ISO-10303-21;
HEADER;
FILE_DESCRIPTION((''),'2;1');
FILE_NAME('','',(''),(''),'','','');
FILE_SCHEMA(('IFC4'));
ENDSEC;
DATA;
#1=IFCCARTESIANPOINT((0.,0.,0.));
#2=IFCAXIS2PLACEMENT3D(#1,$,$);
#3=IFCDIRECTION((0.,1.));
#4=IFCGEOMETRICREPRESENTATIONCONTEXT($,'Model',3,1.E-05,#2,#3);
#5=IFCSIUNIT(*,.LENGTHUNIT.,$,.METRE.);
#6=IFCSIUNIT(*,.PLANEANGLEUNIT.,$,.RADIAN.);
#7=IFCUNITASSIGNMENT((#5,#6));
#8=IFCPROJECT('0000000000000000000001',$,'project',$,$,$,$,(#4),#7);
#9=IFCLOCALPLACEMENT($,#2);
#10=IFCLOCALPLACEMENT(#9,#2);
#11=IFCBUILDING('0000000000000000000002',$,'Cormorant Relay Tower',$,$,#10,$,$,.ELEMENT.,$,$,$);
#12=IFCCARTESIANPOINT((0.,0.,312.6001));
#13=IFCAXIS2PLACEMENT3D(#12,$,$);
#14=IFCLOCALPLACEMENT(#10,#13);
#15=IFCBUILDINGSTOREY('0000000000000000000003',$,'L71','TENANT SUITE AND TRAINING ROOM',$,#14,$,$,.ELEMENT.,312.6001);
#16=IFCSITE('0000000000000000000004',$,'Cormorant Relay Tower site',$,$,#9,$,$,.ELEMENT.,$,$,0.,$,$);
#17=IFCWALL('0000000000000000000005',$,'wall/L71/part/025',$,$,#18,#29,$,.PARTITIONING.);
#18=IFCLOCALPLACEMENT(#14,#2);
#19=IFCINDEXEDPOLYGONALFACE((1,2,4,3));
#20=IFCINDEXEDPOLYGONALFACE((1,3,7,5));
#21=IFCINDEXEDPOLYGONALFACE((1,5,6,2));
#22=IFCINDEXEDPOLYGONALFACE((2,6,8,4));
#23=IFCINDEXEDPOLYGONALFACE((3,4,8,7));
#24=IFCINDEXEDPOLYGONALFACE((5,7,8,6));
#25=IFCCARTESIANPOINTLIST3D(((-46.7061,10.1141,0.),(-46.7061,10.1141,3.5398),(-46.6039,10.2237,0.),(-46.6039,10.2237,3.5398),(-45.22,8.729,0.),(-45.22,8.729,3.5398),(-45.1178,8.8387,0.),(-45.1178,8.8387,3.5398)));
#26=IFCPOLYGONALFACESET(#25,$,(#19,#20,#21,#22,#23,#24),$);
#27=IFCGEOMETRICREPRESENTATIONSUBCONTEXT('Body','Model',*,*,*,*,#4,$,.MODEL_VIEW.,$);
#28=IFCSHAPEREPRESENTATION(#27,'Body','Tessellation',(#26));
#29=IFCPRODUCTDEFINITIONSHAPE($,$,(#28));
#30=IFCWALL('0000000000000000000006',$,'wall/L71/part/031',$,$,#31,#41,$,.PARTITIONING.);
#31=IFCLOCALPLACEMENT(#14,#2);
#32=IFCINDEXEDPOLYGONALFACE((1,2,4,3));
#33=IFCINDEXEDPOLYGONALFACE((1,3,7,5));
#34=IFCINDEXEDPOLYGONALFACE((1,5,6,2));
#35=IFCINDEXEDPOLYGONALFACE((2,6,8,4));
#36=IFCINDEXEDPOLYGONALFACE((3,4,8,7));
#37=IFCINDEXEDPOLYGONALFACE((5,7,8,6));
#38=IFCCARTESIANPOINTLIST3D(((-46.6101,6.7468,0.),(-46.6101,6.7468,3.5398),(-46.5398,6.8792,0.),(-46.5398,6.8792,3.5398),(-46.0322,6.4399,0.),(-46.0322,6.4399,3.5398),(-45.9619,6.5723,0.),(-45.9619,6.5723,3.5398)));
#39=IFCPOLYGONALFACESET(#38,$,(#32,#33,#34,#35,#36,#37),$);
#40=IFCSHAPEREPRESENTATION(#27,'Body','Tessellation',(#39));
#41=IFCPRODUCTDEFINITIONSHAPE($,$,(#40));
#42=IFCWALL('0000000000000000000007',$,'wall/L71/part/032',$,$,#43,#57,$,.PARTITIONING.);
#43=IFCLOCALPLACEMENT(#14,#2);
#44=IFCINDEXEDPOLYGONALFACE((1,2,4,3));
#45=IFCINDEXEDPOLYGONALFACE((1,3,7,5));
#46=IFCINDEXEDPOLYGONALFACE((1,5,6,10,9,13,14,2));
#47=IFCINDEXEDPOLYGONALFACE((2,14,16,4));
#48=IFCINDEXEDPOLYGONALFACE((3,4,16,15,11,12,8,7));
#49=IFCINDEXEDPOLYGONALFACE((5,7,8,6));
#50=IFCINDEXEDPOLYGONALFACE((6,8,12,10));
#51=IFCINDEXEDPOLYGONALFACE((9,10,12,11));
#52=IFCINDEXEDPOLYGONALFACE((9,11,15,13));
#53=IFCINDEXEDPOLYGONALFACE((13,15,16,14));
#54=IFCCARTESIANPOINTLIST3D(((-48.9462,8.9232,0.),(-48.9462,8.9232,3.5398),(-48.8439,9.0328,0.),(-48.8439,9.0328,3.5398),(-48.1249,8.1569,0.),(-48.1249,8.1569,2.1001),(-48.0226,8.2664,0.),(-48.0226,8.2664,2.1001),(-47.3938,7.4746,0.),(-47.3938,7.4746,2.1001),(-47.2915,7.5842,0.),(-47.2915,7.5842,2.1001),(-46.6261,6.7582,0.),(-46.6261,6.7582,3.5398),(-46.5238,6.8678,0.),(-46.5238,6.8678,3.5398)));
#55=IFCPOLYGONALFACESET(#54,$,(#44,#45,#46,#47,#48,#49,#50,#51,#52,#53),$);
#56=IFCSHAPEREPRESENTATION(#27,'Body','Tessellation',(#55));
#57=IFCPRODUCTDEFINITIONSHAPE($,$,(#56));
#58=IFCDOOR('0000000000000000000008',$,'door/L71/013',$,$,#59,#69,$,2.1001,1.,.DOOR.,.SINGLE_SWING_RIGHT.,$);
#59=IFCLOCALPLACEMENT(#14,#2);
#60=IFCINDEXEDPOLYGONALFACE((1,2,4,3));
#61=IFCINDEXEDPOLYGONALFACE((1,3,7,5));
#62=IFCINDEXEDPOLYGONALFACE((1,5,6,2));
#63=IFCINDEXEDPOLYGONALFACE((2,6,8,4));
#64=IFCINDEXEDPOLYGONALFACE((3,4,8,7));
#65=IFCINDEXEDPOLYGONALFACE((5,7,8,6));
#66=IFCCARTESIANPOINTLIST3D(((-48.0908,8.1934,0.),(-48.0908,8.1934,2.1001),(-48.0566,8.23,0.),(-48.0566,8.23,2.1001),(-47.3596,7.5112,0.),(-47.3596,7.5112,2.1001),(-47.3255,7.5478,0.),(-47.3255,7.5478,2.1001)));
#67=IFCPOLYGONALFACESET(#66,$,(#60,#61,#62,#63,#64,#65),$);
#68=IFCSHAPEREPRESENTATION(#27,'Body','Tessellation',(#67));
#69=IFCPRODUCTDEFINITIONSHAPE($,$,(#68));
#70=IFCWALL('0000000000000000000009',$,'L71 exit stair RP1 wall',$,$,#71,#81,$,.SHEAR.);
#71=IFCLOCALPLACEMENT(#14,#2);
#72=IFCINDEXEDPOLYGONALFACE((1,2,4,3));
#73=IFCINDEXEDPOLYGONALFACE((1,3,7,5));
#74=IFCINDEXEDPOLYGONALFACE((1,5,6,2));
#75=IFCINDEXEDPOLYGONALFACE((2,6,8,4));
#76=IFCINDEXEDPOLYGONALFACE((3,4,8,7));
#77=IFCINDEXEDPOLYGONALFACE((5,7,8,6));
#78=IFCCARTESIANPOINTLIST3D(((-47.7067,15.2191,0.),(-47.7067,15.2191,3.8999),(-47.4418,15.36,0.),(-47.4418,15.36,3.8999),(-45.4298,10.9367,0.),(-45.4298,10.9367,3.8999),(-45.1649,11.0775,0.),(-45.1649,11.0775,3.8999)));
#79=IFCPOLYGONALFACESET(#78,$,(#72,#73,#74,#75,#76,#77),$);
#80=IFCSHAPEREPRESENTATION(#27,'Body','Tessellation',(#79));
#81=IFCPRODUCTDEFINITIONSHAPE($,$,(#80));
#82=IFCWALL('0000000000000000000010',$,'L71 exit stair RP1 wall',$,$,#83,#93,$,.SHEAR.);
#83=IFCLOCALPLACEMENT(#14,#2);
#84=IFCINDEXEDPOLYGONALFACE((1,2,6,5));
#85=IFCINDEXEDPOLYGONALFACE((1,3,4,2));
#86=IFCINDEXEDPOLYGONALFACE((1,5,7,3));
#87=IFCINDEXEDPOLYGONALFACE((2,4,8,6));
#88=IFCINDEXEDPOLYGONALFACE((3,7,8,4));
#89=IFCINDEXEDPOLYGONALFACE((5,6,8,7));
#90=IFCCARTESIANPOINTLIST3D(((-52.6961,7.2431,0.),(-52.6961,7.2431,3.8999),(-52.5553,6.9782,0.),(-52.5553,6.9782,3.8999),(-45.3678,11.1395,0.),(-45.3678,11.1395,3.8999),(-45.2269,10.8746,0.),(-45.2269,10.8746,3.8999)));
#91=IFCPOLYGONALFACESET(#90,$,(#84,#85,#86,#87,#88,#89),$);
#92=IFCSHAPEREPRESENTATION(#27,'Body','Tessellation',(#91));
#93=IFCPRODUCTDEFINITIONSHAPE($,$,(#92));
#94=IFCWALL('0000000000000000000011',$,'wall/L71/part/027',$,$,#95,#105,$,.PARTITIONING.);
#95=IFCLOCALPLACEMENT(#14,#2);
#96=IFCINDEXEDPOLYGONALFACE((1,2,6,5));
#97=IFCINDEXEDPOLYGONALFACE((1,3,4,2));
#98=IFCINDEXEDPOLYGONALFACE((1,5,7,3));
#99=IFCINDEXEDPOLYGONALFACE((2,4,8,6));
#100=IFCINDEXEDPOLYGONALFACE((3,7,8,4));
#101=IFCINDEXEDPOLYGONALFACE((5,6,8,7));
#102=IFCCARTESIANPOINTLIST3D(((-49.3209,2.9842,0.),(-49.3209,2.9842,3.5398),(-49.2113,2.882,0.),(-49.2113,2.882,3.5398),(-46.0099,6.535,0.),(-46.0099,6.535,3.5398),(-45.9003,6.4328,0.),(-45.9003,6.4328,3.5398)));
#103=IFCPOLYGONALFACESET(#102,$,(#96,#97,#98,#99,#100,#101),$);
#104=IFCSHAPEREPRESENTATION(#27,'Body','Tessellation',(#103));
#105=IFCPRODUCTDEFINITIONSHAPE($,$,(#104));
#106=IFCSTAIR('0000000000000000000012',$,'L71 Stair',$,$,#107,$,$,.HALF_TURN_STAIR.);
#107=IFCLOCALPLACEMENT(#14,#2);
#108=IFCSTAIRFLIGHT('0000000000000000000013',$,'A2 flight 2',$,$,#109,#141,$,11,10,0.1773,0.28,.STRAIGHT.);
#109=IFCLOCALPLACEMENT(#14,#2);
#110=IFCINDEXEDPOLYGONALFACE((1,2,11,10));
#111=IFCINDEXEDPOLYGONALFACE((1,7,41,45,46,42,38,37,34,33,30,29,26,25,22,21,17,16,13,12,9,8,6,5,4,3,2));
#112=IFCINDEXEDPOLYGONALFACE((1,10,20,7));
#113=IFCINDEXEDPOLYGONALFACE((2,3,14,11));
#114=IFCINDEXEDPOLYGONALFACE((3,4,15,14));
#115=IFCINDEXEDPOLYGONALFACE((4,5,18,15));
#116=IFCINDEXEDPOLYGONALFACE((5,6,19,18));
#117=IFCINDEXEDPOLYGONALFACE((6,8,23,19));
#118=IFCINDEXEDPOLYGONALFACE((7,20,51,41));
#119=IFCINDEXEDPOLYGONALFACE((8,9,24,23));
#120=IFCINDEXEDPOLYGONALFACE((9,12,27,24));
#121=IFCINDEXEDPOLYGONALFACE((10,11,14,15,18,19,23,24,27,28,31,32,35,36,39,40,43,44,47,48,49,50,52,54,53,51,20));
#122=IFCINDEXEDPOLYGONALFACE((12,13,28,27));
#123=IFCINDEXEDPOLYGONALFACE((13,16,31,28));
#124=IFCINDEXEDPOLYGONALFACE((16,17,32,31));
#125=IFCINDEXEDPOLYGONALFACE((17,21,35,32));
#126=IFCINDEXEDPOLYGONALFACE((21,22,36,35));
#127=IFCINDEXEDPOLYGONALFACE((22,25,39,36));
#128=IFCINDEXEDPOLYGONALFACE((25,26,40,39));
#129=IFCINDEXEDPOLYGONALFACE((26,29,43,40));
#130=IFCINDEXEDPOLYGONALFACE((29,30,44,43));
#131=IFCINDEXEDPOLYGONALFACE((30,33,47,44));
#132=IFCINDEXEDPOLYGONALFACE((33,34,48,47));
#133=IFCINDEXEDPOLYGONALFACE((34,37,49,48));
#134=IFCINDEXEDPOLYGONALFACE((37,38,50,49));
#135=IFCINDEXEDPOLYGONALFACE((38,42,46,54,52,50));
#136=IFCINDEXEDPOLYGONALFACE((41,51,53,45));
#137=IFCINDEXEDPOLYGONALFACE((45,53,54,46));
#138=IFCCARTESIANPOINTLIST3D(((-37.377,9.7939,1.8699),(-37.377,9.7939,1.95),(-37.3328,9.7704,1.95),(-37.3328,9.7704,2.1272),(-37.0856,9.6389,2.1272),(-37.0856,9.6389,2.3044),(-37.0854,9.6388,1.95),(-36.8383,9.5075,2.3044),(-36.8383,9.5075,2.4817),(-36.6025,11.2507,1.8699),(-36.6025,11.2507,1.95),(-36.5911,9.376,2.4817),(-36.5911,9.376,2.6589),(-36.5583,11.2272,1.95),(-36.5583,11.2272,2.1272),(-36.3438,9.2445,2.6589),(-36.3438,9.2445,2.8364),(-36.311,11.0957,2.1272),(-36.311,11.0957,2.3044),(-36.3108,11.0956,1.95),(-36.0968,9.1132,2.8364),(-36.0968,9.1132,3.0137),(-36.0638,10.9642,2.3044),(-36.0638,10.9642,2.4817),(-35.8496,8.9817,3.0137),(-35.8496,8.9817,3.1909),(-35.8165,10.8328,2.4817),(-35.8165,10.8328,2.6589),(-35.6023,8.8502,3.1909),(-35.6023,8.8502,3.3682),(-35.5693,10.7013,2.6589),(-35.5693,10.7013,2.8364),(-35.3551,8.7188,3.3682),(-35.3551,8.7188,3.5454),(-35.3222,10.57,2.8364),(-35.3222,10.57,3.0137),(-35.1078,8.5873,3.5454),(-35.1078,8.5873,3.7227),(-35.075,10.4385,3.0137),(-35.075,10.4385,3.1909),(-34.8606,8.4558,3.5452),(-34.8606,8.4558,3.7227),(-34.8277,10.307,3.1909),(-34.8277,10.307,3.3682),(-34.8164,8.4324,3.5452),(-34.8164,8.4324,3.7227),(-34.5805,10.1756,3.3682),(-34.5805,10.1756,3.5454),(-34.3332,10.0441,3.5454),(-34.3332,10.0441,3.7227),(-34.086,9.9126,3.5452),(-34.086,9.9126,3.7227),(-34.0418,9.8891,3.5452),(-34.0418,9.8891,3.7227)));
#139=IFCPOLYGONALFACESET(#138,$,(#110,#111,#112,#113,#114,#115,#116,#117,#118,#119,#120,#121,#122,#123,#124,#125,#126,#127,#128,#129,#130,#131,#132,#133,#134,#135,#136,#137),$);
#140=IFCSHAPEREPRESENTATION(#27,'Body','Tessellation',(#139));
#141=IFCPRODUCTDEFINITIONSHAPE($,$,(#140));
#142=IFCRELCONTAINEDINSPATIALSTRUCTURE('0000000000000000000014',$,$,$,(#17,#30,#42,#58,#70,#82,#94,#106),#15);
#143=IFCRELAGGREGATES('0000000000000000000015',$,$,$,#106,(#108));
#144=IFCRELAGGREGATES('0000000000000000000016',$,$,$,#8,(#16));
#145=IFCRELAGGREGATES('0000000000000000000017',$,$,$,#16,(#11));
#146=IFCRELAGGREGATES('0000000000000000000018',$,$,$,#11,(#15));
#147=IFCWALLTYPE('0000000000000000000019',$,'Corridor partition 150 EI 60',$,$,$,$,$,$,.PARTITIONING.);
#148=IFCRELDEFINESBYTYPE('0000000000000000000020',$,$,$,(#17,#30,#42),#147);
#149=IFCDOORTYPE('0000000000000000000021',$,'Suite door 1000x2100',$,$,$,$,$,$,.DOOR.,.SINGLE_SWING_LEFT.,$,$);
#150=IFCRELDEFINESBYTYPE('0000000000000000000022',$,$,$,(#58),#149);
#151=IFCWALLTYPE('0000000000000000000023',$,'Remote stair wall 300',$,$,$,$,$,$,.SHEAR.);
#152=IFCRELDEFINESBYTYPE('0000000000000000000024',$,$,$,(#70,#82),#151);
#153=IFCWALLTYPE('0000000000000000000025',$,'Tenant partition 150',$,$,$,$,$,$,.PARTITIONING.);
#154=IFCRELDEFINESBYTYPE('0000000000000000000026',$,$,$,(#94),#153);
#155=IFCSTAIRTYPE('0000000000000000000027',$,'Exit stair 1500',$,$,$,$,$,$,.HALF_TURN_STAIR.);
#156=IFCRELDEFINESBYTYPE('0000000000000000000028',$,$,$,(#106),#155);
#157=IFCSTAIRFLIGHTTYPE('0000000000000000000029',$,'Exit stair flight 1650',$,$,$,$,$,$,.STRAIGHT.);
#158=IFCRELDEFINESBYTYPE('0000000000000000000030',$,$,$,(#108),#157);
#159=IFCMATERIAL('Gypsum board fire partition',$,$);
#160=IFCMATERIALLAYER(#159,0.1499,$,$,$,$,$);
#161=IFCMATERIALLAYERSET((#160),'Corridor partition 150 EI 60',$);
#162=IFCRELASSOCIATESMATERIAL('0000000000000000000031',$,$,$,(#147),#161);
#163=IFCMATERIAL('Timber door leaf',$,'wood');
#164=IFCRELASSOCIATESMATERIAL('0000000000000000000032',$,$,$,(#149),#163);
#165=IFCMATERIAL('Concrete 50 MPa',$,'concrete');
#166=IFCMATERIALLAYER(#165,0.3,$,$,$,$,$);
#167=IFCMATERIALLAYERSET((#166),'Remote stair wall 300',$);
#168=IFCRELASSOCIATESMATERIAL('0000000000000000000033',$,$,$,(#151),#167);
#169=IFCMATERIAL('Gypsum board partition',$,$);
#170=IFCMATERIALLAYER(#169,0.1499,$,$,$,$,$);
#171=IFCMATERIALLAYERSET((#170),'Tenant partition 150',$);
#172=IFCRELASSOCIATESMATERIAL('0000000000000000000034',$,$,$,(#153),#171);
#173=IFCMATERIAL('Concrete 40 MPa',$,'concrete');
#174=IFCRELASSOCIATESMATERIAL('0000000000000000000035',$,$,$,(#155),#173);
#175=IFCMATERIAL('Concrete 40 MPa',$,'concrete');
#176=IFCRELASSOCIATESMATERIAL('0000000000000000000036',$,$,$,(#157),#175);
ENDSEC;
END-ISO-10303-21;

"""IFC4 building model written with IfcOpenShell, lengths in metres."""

from ifc_helpers import new_model, si_unit, direction, frame, frame_2d, origin, place, context, subcontext, project, spatial, polyline, rectangle, outline, extrude, material, layer, layer_set, type_object, element, fill, aggregate, save


model = new_model("IFC4")

# Units and contexts
model_context = context("Model", 3, precision=1e-05, world=origin(), true_north=direction((0.0, 1.0)))
body_context = subcontext(model_context, "Body", "Model", "MODEL_VIEW")
ifc_project = project(units=[si_unit("LENGTHUNIT", "METRE"), si_unit("PLANEANGLEUNIT", "RADIAN")], contexts=[model_context])

# Site, building, storey
site_placement = place(None, origin())
site = spatial("IfcSite", under=ifc_project, at=site_placement, Name="Cormorant Relay Tower site", CompositionType="ELEMENT", RefElevation=0.0)
building_placement = place(site_placement, origin())
building = spatial("IfcBuilding", under=site, at=building_placement, Name="Cormorant Relay Tower", CompositionType="ELEMENT")
storey_placement = place(building_placement, frame((0.0, 0.0, 312.6001)))
storey = spatial("IfcBuildingStorey", under=building, at=storey_placement, Name="L71", Description="TENANT SUITE AND TRAINING ROOM", CompositionType="ELEMENT", Elevation=312.6001)

# Walls
ifc_material_1 = material(Name="Gypsum board fire partition")
ifc_layer_1 = layer(ifc_material_1, 0.1499)
ifc_layer_set_1 = layer_set([ifc_layer_1], Name="Corridor partition 150 EI 60")
wall_type_1 = type_object("IfcWallType", Name="Corridor partition 150 EI 60", PredefinedType="PARTITIONING", material=ifc_layer_set_1)
wall_1_placement = place(storey_placement, frame((-45.1689, 8.7839, 0.0), z_axis=(0.0, 0.0, 1.0), x_axis=(-0.731547, 0.681791, 0.0)))
element("IfcWall", 1, at=wall_1_placement, inside=storey, type_object=wall_type_1, Name="wall/L71/part/025", PredefinedType="PARTITIONING", context=body_context, shape_type="SweptSolid", body=[
    extrude(rectangle(XDim=2.0315, YDim=0.1499, at=frame_2d((1.0156, 0.0))), origin(), (0.0, 0.0, 1.0), 3.5398),
])
wall_2_placement = place(storey_placement, frame((-45.9971, 6.5061, 0.0), z_axis=(0.0, 0.0, 1.0), x_axis=(-0.883188, 0.469019, 0.0)))
element("IfcWall", 2, at=wall_2_placement, inside=storey, type_object=wall_type_1, Name="wall/L71/part/031", PredefinedType="PARTITIONING", context=body_context, shape_type="SweptSolid", body=[
    extrude(rectangle(XDim=0.6543, YDim=0.1499, at=frame_2d((0.3271, 0.0))), origin(), (0.0, 0.0, 1.0), 3.5398),
])

# Wall, opening, door
wall_3_placement = place(storey_placement, frame((-46.575, 6.813, 0.0), z_axis=(0.0, 0.0, 1.0), x_axis=(-0.731112, 0.682258, 0.0)))
wall_3 = element("IfcWall", 3, at=wall_3_placement, inside=storey, type_object=wall_type_1, Name="wall/L71/part/032", PredefinedType="PARTITIONING", context=body_context, shape_type="SweptSolid", body=[
    extrude(rectangle(XDim=3.1733, YDim=0.1499, at=frame_2d((1.5867, 0.0))), origin(), (0.0, 0.0, 1.0), 3.5398),
])
opening_placement = place(wall_3_placement, frame((1.05, 0.0, 0.0)))
opening = element("IfcOpeningElement", 4, at=opening_placement, cuts=wall_3, PredefinedType="OPENING", context=body_context, shape_type="SweptSolid", body=[
    extrude(rectangle(XDim=1.0, YDim=2.1001, at=frame_2d((0.5, 1.05))), frame((0.0, 0.085, 0.0), z_axis=(0.0, -1.0, 0.0), x_axis=(1.0, 0.0, 0.0)), (0.0, 0.0, 1.0), 0.1699),
])
ifc_material_2 = material(Name="Timber door leaf", Category="wood")
door_type = type_object("IfcDoorType", Name="Suite door 1000x2100", OperationType="SINGLE_SWING_LEFT", PredefinedType="DOOR", material=ifc_material_2)
door_placement = place(opening_placement, origin())
door = element("IfcDoor", 5, at=door_placement, inside=storey, type_object=door_type, Name="door/L71/013", OperationType="SINGLE_SWING_RIGHT", OverallHeight=2.1001, OverallWidth=1.0, PredefinedType="DOOR", context=body_context, shape_type="SweptSolid", body=[
    extrude(rectangle(XDim=1.0, YDim=2.1001, at=frame_2d((0.5, 1.05))), frame((0.0, 0.0249, 0.0), z_axis=(0.0, -1.0, 0.0), x_axis=(1.0, 0.0, 0.0)), (0.0, 0.0, 1.0), 0.05),
])
fill(opening, door)

# Walls
ifc_material_3 = material(Name="Concrete 50 MPa", Category="concrete")
ifc_layer_2 = layer(ifc_material_3, 0.3)
ifc_layer_set_2 = layer_set([ifc_layer_2], Name="Remote stair wall 300")
wall_type_2 = type_object("IfcWallType", Name="Remote stair wall 300", PredefinedType="SHEAR", material=ifc_layer_set_2)
wall_4_placement = place(storey_placement, frame((-47.5742, 15.2896, 0.0), z_axis=(0.0, 0.0, 1.0), x_axis=(0.469443, -0.882963, 0.0)))
element("IfcWall", 6, at=wall_4_placement, inside=storey, type_object=wall_type_2, Name="L71 exit stair RP1 wall", PredefinedType="SHEAR", context=body_context, shape_type="SweptSolid", body=[
    extrude(rectangle(XDim=4.8501, YDim=0.3, at=frame_2d((2.425, 0.0))), origin(), (0.0, 0.0, 1.0), 3.8999),
])
wall_5_placement = place(storey_placement, frame((-45.2974, 11.0071, 0.0), z_axis=(0.0, 0.0, 1.0), x_axis=(-0.882952, -0.469464, 0.0)))
element("IfcWall", 7, at=wall_5_placement, inside=storey, type_object=wall_type_2, Name="L71 exit stair RP1 wall", PredefinedType="SHEAR", context=body_context, shape_type="SweptSolid", body=[
    extrude(rectangle(XDim=8.2998, YDim=0.3, at=frame_2d((4.1499, 0.0))), origin(), (0.0, 0.0, 1.0), 3.8999),
])
ifc_material_4 = material(Name="Gypsum board partition")
ifc_layer_3 = layer(ifc_material_4, 0.1499)
ifc_layer_set_3 = layer_set([ifc_layer_3], Name="Tenant partition 150")
wall_type_3 = type_object("IfcWallType", Name="Tenant partition 150", PredefinedType="PARTITIONING", material=ifc_layer_set_3)
wall_6_placement = place(storey_placement, frame((-45.9551, 6.4839, 0.0), z_axis=(0.0, 0.0, 1.0), x_axis=(-0.681985, -0.731366, 0.0)))
element("IfcWall", 8, at=wall_6_placement, inside=storey, type_object=wall_type_3, Name="wall/L71/part/027", PredefinedType="PARTITIONING", context=body_context, shape_type="SweptSolid", body=[
    extrude(rectangle(XDim=4.855, YDim=0.1499, at=frame_2d((2.4275, 0.0))), origin(), (0.0, 0.0, 1.0), 3.5398),
])

# Stair, stair flight
ifc_material_5 = material(Name="Concrete 40 MPa", Category="concrete")
stair_type_1 = type_object("IfcStairType", Name="Exit stair 1500", PredefinedType="HALF_TURN_STAIR", material=ifc_material_5)
stair_1_placement = place(storey_placement, origin())
stair_1 = element("IfcStair", 9, at=stair_1_placement, inside=storey, type_object=stair_type_1, Name="L71 Stair", PredefinedType="HALF_TURN_STAIR")
ifc_material_6 = material(Name="Concrete 40 MPa", Category="concrete")
stair_flight_type_1 = type_object("IfcStairFlightType", Name="Exit stair flight 1650", PredefinedType="STRAIGHT", material=ifc_material_6)
stair_flight_1_placement = place(storey_placement, frame((-36.9456, 10.4988, 1.95), z_axis=(0.0, 0.0, 1.0), x_axis=(0.882948, -0.469472, 0.0)))
stair_flight_1 = element("IfcStairFlight", 10, at=stair_flight_1_placement, type_object=stair_flight_type_1, Name="A2 flight 2", NumberOfRisers=11, NumberOfTreads=10, PredefinedType="STRAIGHT", RiserHeight=0.1773, TreadLength=0.28, context=body_context, shape_type="SweptSolid", body=[
    extrude(outline(polyline([(-0.05, -0.0801), (-0.05, 0.0), (0.0, 0.0), (0.0, 0.1772), (0.28, 0.1772), (0.28, 0.3545), (0.5601, 0.3545), (0.5601, 0.5317), (0.8401, 0.5317), (0.8401, 0.709), (1.1201, 0.709), (1.1201, 0.8865), (1.3999, 0.8865), (1.3999, 1.0637), (1.6799, 1.0637), (1.6799, 1.241), (1.96, 1.241), (1.96, 1.4182), (2.24, 1.4182), (2.24, 1.5955), (2.52, 1.5955), (2.52, 1.7727), (2.8, 1.7727), (2.8501, 1.7727), (2.8501, 1.5952), (2.8, 1.5952), (0.2803, 0.0), (-0.05, -0.0801)])), frame((0.0, 0.825, 0.0), z_axis=(0.0, -1.0, 0.0), x_axis=(1.0, 0.0, 0.0)), (0.0, 0.0, 1.0), 1.6499),
])
aggregate(stair_1, [stair_flight_1])

save(model, "model.ifc")
